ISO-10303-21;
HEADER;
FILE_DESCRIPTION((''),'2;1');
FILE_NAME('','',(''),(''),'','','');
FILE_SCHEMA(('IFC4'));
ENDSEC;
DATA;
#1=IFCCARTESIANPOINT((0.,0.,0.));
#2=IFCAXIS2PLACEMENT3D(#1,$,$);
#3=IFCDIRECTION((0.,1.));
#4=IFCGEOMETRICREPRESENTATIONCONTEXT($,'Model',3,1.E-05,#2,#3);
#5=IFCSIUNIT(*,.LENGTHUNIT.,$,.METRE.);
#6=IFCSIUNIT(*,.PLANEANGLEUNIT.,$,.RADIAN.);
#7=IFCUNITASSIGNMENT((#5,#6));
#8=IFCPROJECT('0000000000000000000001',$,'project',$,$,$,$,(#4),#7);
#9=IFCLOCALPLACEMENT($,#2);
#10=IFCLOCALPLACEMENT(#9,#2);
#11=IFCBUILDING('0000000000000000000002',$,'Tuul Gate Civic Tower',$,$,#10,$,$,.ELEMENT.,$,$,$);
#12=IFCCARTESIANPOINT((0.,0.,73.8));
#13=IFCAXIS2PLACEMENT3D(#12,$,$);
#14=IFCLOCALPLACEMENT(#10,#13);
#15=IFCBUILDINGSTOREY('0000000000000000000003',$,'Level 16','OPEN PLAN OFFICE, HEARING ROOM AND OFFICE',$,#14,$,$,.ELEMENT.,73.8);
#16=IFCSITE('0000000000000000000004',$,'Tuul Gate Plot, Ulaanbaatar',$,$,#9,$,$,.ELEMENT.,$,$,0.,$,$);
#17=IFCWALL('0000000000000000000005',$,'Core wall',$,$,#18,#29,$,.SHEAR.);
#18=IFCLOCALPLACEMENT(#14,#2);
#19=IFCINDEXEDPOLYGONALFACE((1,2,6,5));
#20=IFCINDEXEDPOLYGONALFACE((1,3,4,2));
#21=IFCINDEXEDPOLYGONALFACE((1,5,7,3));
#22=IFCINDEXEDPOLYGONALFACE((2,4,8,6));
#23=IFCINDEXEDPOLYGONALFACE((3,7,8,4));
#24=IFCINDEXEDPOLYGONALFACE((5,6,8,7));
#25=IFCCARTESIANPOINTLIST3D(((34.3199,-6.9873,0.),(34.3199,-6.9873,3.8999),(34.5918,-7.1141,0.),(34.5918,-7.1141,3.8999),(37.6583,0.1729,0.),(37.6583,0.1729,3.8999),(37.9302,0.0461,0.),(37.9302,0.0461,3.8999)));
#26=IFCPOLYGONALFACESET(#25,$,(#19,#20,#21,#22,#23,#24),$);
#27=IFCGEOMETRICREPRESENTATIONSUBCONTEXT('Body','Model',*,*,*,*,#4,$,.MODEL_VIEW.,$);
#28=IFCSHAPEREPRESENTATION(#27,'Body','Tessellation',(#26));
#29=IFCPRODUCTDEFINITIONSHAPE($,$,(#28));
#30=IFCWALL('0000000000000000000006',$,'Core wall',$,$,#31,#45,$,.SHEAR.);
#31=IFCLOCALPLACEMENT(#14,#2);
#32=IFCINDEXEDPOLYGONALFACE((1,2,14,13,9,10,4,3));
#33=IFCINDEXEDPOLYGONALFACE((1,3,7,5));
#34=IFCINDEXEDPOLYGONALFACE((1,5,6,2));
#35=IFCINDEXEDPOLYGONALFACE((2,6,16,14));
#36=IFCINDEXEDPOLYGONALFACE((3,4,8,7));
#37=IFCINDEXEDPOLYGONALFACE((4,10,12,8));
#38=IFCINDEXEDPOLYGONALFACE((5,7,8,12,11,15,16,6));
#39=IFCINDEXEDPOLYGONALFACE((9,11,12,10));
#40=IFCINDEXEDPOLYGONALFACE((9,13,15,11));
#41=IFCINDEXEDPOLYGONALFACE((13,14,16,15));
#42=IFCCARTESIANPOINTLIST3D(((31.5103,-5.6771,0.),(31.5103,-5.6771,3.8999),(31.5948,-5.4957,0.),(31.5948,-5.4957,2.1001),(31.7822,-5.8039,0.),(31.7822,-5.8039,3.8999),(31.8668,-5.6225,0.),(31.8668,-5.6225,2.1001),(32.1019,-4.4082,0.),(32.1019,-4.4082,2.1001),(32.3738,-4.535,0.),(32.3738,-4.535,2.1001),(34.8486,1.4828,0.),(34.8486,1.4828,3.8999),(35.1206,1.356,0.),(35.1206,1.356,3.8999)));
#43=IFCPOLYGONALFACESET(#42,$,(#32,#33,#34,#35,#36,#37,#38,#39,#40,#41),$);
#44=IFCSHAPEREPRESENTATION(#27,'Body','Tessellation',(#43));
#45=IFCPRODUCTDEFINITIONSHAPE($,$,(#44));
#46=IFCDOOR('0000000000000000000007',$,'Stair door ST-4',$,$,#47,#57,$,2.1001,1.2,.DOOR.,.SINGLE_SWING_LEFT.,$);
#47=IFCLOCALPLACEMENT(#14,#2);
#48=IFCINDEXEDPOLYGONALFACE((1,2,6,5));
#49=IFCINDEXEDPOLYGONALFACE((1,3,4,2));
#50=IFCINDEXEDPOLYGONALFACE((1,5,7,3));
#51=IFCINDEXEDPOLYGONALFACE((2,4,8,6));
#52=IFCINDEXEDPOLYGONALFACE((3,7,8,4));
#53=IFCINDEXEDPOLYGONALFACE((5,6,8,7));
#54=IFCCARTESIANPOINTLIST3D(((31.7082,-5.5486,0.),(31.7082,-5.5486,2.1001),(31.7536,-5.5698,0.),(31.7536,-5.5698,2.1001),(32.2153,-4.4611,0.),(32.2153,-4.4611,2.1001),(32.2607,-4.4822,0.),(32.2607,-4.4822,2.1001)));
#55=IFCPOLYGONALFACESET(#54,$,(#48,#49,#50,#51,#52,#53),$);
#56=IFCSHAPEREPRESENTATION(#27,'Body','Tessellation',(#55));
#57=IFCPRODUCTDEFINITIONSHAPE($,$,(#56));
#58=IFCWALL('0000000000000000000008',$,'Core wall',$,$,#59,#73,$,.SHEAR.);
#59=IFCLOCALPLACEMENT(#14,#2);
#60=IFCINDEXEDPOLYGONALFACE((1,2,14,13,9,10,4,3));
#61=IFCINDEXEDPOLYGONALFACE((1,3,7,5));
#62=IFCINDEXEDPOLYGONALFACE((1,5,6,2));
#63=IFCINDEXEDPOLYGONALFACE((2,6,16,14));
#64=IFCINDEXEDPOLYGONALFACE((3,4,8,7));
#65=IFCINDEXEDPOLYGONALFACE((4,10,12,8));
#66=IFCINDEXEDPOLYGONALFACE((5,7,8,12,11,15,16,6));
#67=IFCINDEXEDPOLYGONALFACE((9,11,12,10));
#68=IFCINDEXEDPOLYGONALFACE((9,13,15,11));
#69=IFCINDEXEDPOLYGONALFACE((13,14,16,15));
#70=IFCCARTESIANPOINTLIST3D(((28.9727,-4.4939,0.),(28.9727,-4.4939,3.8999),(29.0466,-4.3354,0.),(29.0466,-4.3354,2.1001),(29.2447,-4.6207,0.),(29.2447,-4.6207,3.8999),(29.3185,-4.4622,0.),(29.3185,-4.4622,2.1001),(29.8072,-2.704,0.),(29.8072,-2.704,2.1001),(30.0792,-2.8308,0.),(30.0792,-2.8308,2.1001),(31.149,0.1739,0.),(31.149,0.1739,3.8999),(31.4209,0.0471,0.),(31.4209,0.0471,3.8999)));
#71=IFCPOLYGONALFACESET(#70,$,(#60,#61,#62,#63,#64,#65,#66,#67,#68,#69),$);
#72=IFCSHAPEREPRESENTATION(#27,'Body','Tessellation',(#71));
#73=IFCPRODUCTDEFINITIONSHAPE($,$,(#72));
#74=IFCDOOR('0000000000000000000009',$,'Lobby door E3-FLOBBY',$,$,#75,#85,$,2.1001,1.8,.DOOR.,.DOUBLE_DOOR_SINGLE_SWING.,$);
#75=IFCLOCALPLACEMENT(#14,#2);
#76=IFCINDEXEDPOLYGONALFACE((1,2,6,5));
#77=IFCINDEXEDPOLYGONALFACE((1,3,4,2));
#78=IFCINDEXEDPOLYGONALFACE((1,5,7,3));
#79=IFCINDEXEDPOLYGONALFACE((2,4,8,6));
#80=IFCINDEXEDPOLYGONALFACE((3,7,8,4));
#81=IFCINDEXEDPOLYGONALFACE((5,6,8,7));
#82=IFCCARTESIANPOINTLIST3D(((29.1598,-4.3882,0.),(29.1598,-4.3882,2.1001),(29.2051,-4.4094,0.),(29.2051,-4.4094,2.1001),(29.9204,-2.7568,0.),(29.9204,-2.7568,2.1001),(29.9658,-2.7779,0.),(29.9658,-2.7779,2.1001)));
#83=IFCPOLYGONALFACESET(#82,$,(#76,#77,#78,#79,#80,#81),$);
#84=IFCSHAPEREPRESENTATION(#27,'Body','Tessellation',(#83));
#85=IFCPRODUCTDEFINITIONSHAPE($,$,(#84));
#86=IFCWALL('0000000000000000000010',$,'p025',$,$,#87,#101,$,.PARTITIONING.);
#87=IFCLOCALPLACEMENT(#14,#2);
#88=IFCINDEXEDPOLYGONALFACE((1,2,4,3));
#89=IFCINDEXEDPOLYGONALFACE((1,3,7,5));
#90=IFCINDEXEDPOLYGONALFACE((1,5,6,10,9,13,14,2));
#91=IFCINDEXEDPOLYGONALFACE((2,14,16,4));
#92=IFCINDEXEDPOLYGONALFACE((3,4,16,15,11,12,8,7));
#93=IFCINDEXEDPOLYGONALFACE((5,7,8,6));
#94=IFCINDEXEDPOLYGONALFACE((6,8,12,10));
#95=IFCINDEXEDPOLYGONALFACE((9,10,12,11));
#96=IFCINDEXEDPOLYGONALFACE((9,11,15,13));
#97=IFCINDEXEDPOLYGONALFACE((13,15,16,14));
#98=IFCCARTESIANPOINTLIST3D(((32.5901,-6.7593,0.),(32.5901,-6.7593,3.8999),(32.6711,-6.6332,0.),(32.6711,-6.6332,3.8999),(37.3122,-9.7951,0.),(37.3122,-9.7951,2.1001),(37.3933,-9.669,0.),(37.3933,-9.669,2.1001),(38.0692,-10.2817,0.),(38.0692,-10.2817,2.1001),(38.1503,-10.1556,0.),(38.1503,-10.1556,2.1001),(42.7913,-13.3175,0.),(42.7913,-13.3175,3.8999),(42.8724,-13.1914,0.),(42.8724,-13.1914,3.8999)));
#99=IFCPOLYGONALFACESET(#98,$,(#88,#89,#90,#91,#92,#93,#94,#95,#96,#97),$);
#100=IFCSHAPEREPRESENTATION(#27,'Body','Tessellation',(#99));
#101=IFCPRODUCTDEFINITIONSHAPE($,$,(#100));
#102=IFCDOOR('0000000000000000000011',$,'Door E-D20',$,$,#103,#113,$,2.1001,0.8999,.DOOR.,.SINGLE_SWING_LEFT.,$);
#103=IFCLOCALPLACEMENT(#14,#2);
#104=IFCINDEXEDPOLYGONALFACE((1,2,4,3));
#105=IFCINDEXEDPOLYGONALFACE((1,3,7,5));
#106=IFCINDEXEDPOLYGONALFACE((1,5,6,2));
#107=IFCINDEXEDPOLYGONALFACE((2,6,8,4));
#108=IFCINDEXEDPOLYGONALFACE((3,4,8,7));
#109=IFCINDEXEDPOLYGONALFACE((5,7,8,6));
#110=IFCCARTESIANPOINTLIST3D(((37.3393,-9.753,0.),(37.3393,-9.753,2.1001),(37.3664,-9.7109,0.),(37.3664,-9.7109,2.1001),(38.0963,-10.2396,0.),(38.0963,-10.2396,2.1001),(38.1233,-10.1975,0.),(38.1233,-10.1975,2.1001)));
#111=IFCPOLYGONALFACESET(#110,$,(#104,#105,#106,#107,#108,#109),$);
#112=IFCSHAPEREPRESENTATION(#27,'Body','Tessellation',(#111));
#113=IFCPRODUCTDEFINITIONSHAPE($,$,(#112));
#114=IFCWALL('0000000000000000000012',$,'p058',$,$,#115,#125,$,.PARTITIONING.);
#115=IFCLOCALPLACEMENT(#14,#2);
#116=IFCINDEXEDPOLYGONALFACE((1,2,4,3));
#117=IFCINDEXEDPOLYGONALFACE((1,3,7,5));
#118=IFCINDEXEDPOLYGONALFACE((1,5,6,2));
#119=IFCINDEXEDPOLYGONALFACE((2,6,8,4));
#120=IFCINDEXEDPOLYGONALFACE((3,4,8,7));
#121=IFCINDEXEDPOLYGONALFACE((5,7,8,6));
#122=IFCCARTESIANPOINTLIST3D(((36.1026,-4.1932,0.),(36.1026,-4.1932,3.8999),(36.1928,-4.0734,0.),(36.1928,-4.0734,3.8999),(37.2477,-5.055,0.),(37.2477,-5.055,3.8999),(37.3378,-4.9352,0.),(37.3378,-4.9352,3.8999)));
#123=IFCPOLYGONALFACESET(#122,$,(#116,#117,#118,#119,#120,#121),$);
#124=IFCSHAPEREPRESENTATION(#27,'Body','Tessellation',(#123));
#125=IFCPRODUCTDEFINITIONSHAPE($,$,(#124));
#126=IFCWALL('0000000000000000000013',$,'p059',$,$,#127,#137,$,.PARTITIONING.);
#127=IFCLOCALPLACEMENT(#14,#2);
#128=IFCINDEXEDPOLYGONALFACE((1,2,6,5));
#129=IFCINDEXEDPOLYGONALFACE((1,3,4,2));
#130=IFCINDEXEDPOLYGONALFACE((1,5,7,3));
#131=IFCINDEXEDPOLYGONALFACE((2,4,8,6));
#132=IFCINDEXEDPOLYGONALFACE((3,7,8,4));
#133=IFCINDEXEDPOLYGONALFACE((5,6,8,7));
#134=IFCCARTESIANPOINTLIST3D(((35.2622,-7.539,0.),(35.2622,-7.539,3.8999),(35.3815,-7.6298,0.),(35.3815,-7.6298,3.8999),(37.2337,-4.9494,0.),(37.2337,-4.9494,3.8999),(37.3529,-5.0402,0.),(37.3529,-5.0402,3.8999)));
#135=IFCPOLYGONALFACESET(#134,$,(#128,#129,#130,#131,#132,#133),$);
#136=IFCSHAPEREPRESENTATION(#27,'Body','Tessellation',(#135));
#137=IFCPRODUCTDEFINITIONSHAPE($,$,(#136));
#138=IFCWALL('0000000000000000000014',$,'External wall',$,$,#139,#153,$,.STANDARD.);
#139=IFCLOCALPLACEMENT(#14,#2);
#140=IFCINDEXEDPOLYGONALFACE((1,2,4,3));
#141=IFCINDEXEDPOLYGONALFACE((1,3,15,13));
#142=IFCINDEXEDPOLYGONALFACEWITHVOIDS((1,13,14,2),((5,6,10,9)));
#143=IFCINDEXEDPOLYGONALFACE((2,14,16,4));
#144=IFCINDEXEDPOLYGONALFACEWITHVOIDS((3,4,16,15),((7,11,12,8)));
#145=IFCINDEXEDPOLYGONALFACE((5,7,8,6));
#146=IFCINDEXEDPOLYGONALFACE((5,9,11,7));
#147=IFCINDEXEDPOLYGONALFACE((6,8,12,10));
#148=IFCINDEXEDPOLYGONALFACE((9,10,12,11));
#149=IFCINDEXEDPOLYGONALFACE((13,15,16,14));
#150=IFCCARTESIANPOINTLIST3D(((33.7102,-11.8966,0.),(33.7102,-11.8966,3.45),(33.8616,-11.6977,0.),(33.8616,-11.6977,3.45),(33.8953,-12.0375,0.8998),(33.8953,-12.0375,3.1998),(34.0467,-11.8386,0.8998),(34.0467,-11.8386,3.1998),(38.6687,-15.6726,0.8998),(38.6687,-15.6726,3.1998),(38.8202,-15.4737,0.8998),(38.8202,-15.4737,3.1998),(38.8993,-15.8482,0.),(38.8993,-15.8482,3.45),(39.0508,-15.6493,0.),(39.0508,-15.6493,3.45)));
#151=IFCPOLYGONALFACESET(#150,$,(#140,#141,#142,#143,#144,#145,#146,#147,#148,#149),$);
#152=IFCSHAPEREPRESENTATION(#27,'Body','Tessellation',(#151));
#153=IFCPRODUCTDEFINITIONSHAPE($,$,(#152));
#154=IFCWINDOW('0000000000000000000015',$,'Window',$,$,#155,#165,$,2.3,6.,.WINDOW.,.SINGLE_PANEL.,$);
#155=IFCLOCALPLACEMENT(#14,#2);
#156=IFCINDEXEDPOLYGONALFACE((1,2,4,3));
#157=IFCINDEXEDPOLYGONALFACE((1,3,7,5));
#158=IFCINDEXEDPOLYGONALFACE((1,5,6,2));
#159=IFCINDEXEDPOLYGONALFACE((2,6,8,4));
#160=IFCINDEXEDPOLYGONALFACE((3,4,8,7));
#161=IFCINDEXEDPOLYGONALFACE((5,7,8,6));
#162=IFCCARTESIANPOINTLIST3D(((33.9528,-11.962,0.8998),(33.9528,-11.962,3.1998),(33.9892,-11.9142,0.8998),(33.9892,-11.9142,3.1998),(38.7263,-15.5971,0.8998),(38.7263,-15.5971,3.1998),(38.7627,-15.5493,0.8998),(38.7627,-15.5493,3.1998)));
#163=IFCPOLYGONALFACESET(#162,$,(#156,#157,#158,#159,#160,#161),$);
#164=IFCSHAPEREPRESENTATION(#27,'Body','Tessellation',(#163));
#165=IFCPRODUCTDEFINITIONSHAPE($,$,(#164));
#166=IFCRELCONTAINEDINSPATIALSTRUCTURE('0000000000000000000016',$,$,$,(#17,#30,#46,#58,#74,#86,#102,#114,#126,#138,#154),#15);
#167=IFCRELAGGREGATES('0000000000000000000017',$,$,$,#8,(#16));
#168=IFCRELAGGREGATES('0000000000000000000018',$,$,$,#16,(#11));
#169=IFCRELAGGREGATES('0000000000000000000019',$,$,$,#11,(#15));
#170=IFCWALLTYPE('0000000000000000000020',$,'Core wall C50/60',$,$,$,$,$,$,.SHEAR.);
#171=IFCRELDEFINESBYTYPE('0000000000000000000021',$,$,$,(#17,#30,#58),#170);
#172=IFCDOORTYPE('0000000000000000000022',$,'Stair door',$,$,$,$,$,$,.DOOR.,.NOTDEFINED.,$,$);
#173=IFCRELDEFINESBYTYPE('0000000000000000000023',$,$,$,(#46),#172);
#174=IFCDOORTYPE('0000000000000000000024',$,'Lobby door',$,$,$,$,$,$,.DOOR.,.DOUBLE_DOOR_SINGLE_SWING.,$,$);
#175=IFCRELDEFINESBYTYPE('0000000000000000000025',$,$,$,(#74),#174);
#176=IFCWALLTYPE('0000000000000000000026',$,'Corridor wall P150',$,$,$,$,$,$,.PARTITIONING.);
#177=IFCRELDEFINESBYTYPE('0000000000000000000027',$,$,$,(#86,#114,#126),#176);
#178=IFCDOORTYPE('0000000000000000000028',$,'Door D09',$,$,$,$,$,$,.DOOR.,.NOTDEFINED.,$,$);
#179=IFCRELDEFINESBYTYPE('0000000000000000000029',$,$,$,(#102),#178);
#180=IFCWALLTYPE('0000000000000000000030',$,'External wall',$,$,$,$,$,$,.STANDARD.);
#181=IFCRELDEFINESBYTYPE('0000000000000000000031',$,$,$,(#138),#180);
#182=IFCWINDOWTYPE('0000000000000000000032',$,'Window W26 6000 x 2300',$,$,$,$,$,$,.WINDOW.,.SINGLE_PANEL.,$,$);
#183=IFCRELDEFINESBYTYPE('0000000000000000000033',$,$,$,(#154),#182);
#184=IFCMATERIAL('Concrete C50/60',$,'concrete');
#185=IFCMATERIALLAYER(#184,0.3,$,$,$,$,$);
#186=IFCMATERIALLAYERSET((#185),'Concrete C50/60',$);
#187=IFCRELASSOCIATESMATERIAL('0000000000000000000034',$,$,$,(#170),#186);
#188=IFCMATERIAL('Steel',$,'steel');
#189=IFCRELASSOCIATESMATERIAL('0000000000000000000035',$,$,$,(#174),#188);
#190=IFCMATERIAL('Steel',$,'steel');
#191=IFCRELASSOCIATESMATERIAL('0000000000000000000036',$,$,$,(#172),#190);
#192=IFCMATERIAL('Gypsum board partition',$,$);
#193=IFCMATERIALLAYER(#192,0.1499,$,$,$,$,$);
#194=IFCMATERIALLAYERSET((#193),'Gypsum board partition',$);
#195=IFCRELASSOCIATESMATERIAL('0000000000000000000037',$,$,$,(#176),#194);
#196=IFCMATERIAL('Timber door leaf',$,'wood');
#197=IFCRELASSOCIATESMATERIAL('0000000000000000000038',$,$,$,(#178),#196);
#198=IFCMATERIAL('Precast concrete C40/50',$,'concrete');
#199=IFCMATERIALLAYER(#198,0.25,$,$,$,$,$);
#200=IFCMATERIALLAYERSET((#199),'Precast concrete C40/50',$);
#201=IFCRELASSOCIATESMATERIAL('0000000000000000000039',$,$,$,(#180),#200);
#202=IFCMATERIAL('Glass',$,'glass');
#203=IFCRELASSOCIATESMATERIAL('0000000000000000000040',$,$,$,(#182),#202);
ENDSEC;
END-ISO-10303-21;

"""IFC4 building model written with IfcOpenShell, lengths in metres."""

from ifc_helpers import new_model, si_unit, direction, frame, frame_2d, origin, place, context, subcontext, project, spatial, rectangle, extrude, material, layer, layer_set, type_object, element, fill, save


model = new_model("IFC4")

# Units and contexts
model_context = context("Model", 3, precision=1e-05, world=origin(), true_north=direction((0.0, 1.0)))
body_context = subcontext(model_context, "Body", "Model", "MODEL_VIEW")
ifc_project = project(units=[si_unit("LENGTHUNIT", "METRE"), si_unit("PLANEANGLEUNIT", "RADIAN")], contexts=[model_context])

# Site, building, storey
site_placement = place(None, origin())
site = spatial("IfcSite", under=ifc_project, at=site_placement, Name="Tuul Gate Plot, Ulaanbaatar", CompositionType="ELEMENT", RefElevation=0.0)
building_placement = place(site_placement, origin())
building = spatial("IfcBuilding", under=site, at=building_placement, Name="Tuul Gate Civic Tower", CompositionType="ELEMENT")
storey_placement = place(building_placement, frame((0.0, 0.0, 73.8)))
storey = spatial("IfcBuildingStorey", under=building, at=storey_placement, Name="Level 16", Description="OPEN PLAN OFFICE, HEARING ROOM AND OFFICE", CompositionType="ELEMENT", Elevation=73.8)

# Shared definitions
ifc_material_1 = material(Name="Concrete C50/60", Category="concrete")
ifc_layer_1 = layer(ifc_material_1, 0.3)
ifc_layer_set_1 = layer_set([ifc_layer_1], Name="Concrete C50/60")
wall_type_1 = type_object("IfcWallType", Name="Core wall C50/60", PredefinedType="SHEAR", material=ifc_layer_set_1)
ifc_material_2 = material(Name="Steel", Category="steel")
door_type_1 = type_object("IfcDoorType", Name="Lobby door", OperationType="DOUBLE_DOOR_SINGLE_SWING", PredefinedType="DOOR", material=ifc_material_2)

# Wall
wall_1_placement = place(storey_placement, frame((34.4558, -7.0508, 0.0), z_axis=(0.0, 0.0, 1.0), x_axis=(0.422571, 0.90633, 0.0)))
element("IfcWall", 1, at=wall_1_placement, inside=storey, type_object=wall_type_1, Name="Core wall", PredefinedType="SHEAR", context=body_context, shape_type="SweptSolid", body=[
    extrude(rectangle(XDim=7.9001, YDim=0.3, at=frame_2d((3.9502, 0.0))), origin(), (0.0, 0.0, 1.0), 3.8999),
])

# Walls, openings, doors
wall_2_placement = place(storey_placement, frame((31.6462, -5.7405, 0.0), z_axis=(0.0, 0.0, 1.0), x_axis=(0.422583, 0.906324, 0.0)))
wall_2 = element("IfcWall", 2, at=wall_2_placement, inside=storey, type_object=wall_type_1, Name="Core wall", PredefinedType="SHEAR", context=body_context, shape_type="SweptSolid", body=[
    extrude(rectangle(XDim=7.8999, YDim=0.3, at=frame_2d((3.95, 0.0))), origin(), (0.0, 0.0, 1.0), 3.8999),
])
opening_1_placement = place(wall_2_placement, frame((0.2, 0.0, 0.0)))
opening_1 = element("IfcOpeningElement", 3, at=opening_1_placement, cuts=wall_2, PredefinedType="OPENING", context=body_context, shape_type="SweptSolid", body=[
    extrude(rectangle(XDim=1.2, YDim=2.1001, at=frame_2d((0.6001, 1.05))), frame((0.0, 0.1602, 0.0), z_axis=(0.0, -1.0, 0.0), x_axis=(1.0, 0.0, 0.0)), (0.0, 0.0, 1.0), 0.3201),
])
ifc_material_3 = material(Name="Steel", Category="steel")
door_type_2 = type_object("IfcDoorType", Name="Stair door", OperationType="NOTDEFINED", PredefinedType="DOOR", material=ifc_material_3)
door_1_placement = place(opening_1_placement, origin())
door_1 = element("IfcDoor", 4, at=door_1_placement, inside=storey, type_object=door_type_2, Name="Stair door ST-4", OperationType="SINGLE_SWING_LEFT", OverallHeight=2.1001, OverallWidth=1.2, PredefinedType="DOOR", context=body_context, shape_type="SweptSolid", body=[
    extrude(rectangle(XDim=1.2, YDim=2.1001, at=frame_2d((0.6001, 1.05))), frame((0.0, 0.0249, 0.0), z_axis=(0.0, -1.0, 0.0), x_axis=(1.0, 0.0, 0.0)), (0.0, 0.0, 1.0), 0.05),
])
fill(opening_1, door_1)
wall_3_placement = place(storey_placement, frame((29.1086, -4.5574, 0.0), z_axis=(0.0, 0.0, 1.0), x_axis=(0.422566, 0.906332, 0.0)))
wall_3 = element("IfcWall", 5, at=wall_3_placement, inside=storey, type_object=wall_type_1, Name="Core wall", PredefinedType="SHEAR", context=body_context, shape_type="SweptSolid", body=[
    extrude(rectangle(XDim=5.1501, YDim=0.3, at=frame_2d((2.5752, 0.0))), origin(), (0.0, 0.0, 1.0), 3.8999),
])
opening_2_placement = place(wall_3_placement, frame((0.175, 0.0, 0.0)))
opening_2 = element("IfcOpeningElement", 6, at=opening_2_placement, cuts=wall_3, PredefinedType="OPENING", context=body_context, shape_type="SweptSolid", body=[
    extrude(rectangle(XDim=1.8, YDim=2.1001, at=frame_2d((0.8999, 1.05))), frame((0.0, 0.1602, 0.0), z_axis=(0.0, -1.0, 0.0), x_axis=(1.0, 0.0, 0.0)), (0.0, 0.0, 1.0), 0.3201),
])
door_2_placement = place(opening_2_placement, frame((1.8, 0.0, 0.0), z_axis=(0.0, 0.0, 1.0), x_axis=(-1.0, 0.0, 0.0)))
door_2 = element("IfcDoor", 7, at=door_2_placement, inside=storey, type_object=door_type_1, Name="Lobby door E3-FLOBBY", OperationType="DOUBLE_DOOR_SINGLE_SWING", OverallHeight=2.1001, OverallWidth=1.8, PredefinedType="DOOR", context=body_context, shape_type="SweptSolid", body=[
    extrude(rectangle(XDim=1.8, YDim=2.1001, at=frame_2d((0.9001, 1.05))), frame((0.0, 0.0249, 0.0), z_axis=(0.0, -1.0, 0.0), x_axis=(1.0, 0.0, 0.0)), (0.0, 0.0, 1.0), 0.05),
])
fill(opening_2, door_2)
ifc_material_4 = material(Name="Gypsum board partition")
ifc_layer_2 = layer(ifc_material_4, 0.1499)
ifc_layer_set_2 = layer_set([ifc_layer_2], Name="Gypsum board partition")
wall_type_2 = type_object("IfcWallType", Name="Corridor wall P150", PredefinedType="PARTITIONING", material=ifc_layer_set_2)
wall_4_placement = place(storey_placement, frame((32.6306, -6.6963, 0.0), z_axis=(0.0, 0.0, 1.0), x_axis=(0.841171, -0.54077, 0.0)))
wall_4 = element("IfcWall", 8, at=wall_4_placement, inside=storey, type_object=wall_type_2, Name="p025", PredefinedType="PARTITIONING", context=body_context, shape_type="SweptSolid", body=[
    extrude(rectangle(XDim=12.1274, YDim=0.1499, at=frame_2d((6.0637, 0.0))), origin(), (0.0, 0.0, 1.0), 3.8999),
])
opening_3_placement = place(wall_4_placement, frame((5.6138, 0.0, 0.0)))
opening_3 = element("IfcOpeningElement", 9, at=opening_3_placement, cuts=wall_4, PredefinedType="OPENING", context=body_context, shape_type="SweptSolid", body=[
    extrude(rectangle(XDim=0.8999, YDim=2.1001, at=frame_2d((0.45, 1.05))), frame((0.0, 0.085, 0.0), z_axis=(0.0, -1.0, 0.0), x_axis=(1.0, 0.0, 0.0)), (0.0, 0.0, 1.0), 0.1699),
])
ifc_material_5 = material(Name="Timber door leaf", Category="wood")
door_type_3 = type_object("IfcDoorType", Name="Door D09", OperationType="NOTDEFINED", PredefinedType="DOOR", material=ifc_material_5)
door_3_placement = place(opening_3_placement, frame((0.8999, 0.0, 0.0), z_axis=(0.0, 0.0, 1.0), x_axis=(-1.0, 0.0, 0.0)))
door_3 = element("IfcDoor", 10, at=door_3_placement, inside=storey, type_object=door_type_3, Name="Door E-D20", OperationType="SINGLE_SWING_LEFT", OverallHeight=2.1001, OverallWidth=0.8999, PredefinedType="DOOR", context=body_context, shape_type="SweptSolid", body=[
    extrude(rectangle(XDim=0.8999, YDim=2.1001, at=frame_2d((0.45, 1.05))), frame((0.0, 0.0249, 0.0), z_axis=(0.0, -1.0, 0.0), x_axis=(1.0, 0.0, 0.0)), (0.0, 0.0, 1.0), 0.05),
])
fill(opening_3, door_3)

# Walls
wall_5_placement = place(storey_placement, frame((36.1477, -4.1333, 0.0), z_axis=(0.0, 0.0, 1.0), x_axis=(0.798977, -0.601362, 0.0)))
element("IfcWall", 11, at=wall_5_placement, inside=storey, type_object=wall_type_2, Name="p058", PredefinedType="PARTITIONING", context=body_context, shape_type="SweptSolid", body=[
    extrude(rectangle(XDim=1.4331, YDim=0.1499, at=frame_2d((0.7166, 0.0))), origin(), (0.0, 0.0, 1.0), 3.8999),
])
wall_6_placement = place(storey_placement, frame((35.3218, -7.5845, 0.0), z_axis=(0.0, 0.0, 1.0), x_axis=(0.605734, 0.795668, 0.0)))
element("IfcWall", 12, at=wall_6_placement, inside=storey, type_object=wall_type_2, Name="p059", PredefinedType="PARTITIONING", context=body_context, shape_type="SweptSolid", body=[
    extrude(rectangle(XDim=3.2546, YDim=0.1499, at=frame_2d((1.6274, 0.0))), origin(), (0.0, 0.0, 1.0), 3.8999),
])

# Wall, opening, window
ifc_material_6 = material(Name="Precast concrete C40/50", Category="concrete")
ifc_layer_3 = layer(ifc_material_6, 0.25)
ifc_layer_set_3 = layer_set([ifc_layer_3], Name="Precast concrete C40/50")
wall_type_3 = type_object("IfcWallType", Name="External wall", PredefinedType="STANDARD", material=ifc_layer_set_3)
wall_7_placement = place(storey_placement, frame((33.7859, -11.7971, 0.0), z_axis=(0.0, 0.0, 1.0), x_axis=(0.795581, -0.605847, 0.0)))
wall_7 = element("IfcWall", 13, at=wall_7_placement, inside=storey, type_object=wall_type_3, Name="External wall", PredefinedType="STANDARD", context=body_context, shape_type="SweptSolid", body=[
    extrude(rectangle(XDim=6.5225, YDim=0.25, at=frame_2d((3.2612, 0.0))), origin(), (0.0, 0.0, 1.0), 3.45),
])
opening_4_placement = place(wall_7_placement, frame((0.2327, 0.0, 0.8999)))
opening_4 = element("IfcOpeningElement", 14, at=opening_4_placement, cuts=wall_7, PredefinedType="OPENING", context=body_context, shape_type="SweptSolid", body=[
    extrude(rectangle(XDim=6.0, YDim=2.3, at=frame_2d((3.0, 1.1499))), frame((0.0, 0.135, 0.0), z_axis=(0.0, -1.0, 0.0), x_axis=(1.0, 0.0, 0.0)), (0.0, 0.0, 1.0), 0.27),
])
ifc_material_7 = material(Name="Glass", Category="glass")
window_type = type_object("IfcWindowType", Name="Window W26 6000 x 2300", PartitioningType="SINGLE_PANEL", PredefinedType="WINDOW", material=ifc_material_7)
window_placement = place(opening_4_placement, origin())
window = element("IfcWindow", 15, at=window_placement, inside=storey, type_object=window_type, Name="Window", OverallHeight=2.3, OverallWidth=6.0, PartitioningType="SINGLE_PANEL", PredefinedType="WINDOW", context=body_context, shape_type="SweptSolid", body=[
    extrude(rectangle(XDim=6.0, YDim=2.3, at=frame_2d((3.0, 1.1499))), frame((0.0, 0.03, 0.0), z_axis=(0.0, -1.0, 0.0), x_axis=(1.0, 0.0, 0.0)), (0.0, 0.0, 1.0), 0.0601),
])
fill(opening_4, window)

save(model, "model.ifc")
